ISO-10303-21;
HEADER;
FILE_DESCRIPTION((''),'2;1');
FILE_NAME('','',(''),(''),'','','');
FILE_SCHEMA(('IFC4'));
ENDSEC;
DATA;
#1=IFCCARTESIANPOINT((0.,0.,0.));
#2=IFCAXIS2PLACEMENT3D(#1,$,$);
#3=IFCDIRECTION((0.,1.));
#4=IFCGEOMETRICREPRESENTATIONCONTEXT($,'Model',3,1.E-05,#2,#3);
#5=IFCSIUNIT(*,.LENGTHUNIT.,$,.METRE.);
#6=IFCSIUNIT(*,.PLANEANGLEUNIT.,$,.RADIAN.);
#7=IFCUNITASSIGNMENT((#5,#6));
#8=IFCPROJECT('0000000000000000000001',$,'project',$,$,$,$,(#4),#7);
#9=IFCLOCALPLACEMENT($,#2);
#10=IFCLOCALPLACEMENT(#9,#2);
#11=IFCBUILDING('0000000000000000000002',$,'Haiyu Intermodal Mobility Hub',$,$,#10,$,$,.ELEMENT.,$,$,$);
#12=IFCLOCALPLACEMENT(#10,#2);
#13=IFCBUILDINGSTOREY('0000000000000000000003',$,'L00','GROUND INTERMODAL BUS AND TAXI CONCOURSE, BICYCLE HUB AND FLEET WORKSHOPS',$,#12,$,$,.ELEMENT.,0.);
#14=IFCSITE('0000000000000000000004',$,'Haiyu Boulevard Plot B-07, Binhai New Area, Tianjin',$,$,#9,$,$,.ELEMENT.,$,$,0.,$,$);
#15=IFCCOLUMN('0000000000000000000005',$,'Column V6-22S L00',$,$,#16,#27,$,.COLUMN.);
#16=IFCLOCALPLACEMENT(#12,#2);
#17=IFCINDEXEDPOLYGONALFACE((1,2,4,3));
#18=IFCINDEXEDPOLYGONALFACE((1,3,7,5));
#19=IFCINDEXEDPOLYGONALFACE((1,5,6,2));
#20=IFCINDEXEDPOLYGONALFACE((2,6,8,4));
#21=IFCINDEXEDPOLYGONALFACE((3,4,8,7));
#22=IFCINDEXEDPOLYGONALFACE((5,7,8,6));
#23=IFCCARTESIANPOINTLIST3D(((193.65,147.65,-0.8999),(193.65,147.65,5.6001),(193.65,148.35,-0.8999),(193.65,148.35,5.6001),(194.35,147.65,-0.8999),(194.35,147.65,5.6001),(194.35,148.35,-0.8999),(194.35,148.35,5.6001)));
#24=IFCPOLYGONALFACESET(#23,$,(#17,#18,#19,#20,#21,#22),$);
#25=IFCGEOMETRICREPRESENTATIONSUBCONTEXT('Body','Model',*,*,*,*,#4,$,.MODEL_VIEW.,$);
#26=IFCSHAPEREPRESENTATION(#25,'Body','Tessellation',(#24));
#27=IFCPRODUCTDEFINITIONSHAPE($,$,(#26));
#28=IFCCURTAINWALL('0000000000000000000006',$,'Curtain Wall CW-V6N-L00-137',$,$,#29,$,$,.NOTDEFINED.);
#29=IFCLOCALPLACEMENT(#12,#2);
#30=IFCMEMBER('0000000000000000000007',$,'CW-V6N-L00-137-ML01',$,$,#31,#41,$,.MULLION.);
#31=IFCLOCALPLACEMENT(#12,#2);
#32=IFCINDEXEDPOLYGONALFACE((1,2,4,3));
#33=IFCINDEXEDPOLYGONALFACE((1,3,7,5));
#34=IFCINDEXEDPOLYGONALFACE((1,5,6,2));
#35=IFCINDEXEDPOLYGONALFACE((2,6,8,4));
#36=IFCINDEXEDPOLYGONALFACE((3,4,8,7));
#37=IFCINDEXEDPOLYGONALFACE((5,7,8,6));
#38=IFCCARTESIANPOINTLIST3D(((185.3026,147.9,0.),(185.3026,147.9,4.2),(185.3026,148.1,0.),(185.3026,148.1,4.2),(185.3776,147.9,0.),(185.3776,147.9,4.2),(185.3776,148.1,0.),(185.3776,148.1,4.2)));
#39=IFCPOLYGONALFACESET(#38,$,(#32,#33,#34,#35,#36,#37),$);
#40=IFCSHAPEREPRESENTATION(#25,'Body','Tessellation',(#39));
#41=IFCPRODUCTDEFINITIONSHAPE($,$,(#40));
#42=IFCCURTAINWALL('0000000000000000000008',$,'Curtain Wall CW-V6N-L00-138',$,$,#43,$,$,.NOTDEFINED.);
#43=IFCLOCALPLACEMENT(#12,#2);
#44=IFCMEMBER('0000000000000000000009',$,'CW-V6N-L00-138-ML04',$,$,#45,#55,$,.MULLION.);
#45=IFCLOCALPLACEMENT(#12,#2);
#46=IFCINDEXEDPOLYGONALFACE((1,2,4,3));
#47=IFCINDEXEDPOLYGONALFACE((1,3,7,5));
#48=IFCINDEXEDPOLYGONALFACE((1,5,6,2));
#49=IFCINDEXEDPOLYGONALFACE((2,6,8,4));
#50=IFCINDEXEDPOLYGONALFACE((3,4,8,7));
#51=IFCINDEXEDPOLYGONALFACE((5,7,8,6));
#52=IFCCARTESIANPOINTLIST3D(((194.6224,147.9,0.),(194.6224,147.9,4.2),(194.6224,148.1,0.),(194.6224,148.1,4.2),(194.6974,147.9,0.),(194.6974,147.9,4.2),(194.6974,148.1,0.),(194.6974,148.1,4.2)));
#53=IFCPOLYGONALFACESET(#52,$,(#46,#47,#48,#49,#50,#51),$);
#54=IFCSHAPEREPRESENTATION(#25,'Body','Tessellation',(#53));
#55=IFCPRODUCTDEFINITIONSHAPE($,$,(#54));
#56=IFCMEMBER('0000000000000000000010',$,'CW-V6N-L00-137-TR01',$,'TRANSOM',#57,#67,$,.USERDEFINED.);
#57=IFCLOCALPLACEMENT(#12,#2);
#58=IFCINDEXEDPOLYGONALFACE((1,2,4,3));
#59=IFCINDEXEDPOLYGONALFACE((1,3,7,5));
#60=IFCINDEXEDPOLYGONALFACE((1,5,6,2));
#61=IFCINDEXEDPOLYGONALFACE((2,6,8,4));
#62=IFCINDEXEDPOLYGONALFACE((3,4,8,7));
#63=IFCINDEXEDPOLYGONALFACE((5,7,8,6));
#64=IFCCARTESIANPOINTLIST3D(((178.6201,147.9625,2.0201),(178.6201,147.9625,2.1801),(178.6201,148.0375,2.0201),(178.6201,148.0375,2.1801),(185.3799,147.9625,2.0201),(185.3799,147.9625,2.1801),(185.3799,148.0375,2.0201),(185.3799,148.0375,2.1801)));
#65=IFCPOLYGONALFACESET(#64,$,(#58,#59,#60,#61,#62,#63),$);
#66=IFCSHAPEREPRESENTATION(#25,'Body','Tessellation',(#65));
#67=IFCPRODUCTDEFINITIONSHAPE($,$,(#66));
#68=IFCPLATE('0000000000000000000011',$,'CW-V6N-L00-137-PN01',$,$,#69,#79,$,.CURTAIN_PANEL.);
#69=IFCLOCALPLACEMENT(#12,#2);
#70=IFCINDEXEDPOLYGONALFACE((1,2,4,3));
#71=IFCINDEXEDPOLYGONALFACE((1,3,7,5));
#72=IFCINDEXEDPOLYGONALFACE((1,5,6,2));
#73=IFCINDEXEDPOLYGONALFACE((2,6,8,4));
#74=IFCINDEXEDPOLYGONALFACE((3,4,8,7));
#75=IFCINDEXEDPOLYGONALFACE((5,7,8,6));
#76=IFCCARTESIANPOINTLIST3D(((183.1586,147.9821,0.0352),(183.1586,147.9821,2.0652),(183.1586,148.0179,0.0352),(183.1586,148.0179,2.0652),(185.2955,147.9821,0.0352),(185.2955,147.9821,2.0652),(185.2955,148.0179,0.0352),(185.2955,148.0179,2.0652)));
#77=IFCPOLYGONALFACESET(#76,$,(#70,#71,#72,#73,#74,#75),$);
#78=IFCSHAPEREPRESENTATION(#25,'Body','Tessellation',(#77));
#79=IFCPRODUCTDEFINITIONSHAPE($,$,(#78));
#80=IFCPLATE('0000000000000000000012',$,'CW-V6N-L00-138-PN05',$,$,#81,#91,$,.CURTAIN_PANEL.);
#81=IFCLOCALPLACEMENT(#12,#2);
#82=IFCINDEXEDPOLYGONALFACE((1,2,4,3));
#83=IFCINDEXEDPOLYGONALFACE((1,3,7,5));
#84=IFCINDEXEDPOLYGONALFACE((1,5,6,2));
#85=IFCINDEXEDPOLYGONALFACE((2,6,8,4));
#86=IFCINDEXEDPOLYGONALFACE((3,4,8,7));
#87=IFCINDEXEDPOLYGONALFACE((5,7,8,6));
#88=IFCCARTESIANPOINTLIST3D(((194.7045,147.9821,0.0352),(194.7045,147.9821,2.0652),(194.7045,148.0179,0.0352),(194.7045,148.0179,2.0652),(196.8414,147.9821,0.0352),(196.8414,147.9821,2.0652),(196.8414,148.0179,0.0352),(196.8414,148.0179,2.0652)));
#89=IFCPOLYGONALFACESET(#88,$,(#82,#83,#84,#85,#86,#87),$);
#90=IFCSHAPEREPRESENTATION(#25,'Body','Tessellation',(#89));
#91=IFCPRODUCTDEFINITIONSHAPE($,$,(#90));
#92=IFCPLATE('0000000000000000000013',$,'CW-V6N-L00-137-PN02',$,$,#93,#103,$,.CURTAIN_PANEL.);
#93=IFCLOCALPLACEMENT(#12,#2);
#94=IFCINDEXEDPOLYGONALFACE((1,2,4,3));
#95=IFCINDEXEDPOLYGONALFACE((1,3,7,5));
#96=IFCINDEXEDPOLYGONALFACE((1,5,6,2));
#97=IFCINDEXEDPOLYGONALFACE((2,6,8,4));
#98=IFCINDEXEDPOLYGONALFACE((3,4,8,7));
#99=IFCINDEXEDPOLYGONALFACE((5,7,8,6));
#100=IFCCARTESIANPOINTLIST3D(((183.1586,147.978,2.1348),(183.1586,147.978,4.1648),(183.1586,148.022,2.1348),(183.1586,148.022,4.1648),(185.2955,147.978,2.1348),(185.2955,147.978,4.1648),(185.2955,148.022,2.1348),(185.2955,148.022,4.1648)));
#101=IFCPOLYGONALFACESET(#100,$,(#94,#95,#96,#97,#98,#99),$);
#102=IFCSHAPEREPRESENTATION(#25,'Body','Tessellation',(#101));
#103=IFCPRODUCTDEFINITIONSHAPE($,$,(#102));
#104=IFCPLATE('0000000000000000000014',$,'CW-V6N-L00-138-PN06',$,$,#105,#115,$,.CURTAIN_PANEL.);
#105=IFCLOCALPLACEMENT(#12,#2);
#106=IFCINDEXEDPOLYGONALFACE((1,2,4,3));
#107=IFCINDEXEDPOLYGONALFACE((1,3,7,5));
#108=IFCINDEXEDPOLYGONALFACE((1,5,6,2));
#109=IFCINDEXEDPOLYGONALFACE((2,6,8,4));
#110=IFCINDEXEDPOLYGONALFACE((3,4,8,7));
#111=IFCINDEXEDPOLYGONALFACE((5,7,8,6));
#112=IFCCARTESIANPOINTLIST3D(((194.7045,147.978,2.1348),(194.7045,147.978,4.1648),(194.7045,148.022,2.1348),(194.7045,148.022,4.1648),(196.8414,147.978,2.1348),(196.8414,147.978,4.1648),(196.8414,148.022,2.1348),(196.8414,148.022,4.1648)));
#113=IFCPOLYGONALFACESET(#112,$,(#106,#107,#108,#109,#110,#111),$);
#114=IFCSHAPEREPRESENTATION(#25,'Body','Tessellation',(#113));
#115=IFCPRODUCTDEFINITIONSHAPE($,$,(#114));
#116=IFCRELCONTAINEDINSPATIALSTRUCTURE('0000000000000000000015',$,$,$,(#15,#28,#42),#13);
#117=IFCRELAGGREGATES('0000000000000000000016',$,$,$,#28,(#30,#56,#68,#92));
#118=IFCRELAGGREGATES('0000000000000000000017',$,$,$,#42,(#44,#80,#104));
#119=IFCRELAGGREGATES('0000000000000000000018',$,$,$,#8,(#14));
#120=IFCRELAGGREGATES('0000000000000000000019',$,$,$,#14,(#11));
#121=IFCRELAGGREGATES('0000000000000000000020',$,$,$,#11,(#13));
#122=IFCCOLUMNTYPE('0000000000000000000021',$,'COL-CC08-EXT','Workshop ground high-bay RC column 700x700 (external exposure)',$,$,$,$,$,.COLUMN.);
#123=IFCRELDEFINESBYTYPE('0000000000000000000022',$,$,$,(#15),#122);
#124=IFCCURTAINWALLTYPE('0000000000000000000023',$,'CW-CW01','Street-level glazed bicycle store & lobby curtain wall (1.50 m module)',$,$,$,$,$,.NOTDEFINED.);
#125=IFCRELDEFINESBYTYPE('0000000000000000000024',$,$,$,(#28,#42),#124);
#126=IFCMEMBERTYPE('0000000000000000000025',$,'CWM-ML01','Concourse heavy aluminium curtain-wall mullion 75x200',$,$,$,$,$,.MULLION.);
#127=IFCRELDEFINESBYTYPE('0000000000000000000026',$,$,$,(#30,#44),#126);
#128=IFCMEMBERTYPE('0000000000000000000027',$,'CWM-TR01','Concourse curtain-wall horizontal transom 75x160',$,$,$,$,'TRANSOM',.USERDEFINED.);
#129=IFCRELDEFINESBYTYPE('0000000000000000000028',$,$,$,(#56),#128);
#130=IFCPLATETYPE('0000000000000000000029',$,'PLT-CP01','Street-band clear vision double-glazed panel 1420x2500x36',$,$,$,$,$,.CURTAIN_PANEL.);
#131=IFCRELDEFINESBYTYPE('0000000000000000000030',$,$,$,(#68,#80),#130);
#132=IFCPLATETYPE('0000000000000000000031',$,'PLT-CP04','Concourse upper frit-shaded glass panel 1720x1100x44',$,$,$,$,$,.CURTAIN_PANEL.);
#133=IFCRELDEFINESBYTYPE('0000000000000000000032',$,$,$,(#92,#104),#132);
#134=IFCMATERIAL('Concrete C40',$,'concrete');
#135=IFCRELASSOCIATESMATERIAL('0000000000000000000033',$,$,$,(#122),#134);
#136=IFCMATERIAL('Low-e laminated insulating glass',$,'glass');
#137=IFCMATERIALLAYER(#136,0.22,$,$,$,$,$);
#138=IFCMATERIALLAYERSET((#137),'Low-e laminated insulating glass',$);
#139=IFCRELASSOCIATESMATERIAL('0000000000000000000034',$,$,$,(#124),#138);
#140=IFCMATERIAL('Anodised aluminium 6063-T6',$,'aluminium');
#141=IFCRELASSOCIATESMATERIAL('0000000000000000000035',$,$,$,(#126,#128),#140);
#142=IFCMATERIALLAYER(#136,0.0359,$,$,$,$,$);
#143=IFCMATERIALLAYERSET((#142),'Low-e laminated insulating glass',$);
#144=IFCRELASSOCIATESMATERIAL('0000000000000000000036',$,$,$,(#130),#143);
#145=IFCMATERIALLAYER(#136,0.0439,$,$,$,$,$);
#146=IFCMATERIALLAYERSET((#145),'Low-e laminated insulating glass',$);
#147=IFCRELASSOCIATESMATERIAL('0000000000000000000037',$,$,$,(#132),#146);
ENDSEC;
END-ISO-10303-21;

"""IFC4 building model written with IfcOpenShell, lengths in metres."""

from ifc_helpers import new_model, si_unit, direction, frame, origin, origin_2d, place, context, subcontext, project, spatial, rectangle, extrude, material, layer, layer_set, material_profile, profile_set, type_object, element, aggregate, save


model = new_model("IFC4")

# Units and contexts
model_context = context("Model", 3, precision=1e-05, world=origin(), true_north=direction((0.0, 1.0)))
body_context = subcontext(model_context, "Body", "Model", "MODEL_VIEW")
ifc_project = project(units=[si_unit("LENGTHUNIT", "METRE"), si_unit("PLANEANGLEUNIT", "RADIAN")], contexts=[model_context])

# Site, building, storey
site_placement = place(None, origin())
site = spatial("IfcSite", under=ifc_project, at=site_placement, Name="Haiyu Boulevard Plot B-07, Binhai New Area, Tianjin", CompositionType="ELEMENT", RefElevation=0.0)
building_placement = place(site_placement, origin())
building = spatial("IfcBuilding", under=site, at=building_placement, Name="Haiyu Intermodal Mobility Hub", CompositionType="ELEMENT")
storey_placement = place(building_placement, origin())
storey = spatial("IfcBuildingStorey", under=building, at=storey_placement, Name="L00", Description="GROUND INTERMODAL BUS AND TAXI CONCOURSE, BICYCLE HUB AND FLEET WORKSHOPS", CompositionType="ELEMENT", Elevation=0.0)

# Shared definitions
ifc_material_1 = material(Name="Concrete C40", Category="concrete")

# Column
ifc_material_profile_1 = material_profile(ifc_material_1, rectangle(XDim=0.7, YDim=0.7, at=origin_2d()), Name="RC700x700")
ifc_profile_set_1 = profile_set([ifc_material_profile_1], Name="Concrete C40")
column_type_1 = type_object("IfcColumnType", Name="COL-CC08-EXT", Description="Workshop ground high-bay RC column 700x700 (external exposure)", PredefinedType="COLUMN", material=ifc_profile_set_1)
for number, where, z_axis, x_axis, name in (
    (1, (194.0, 148.0, -0.8999), (0.0, 0.0, 1.0), (1.0, 0.0, 0.0), "Column V6-22S L00"),
):
    element("IfcColumn", number, at=place(storey_placement, frame(where, z_axis=z_axis, x_axis=x_axis)), inside=storey, type_object=column_type_1, Name=name, PredefinedType="COLUMN", context=body_context, shape_type="SweptSolid", body=[
        extrude(rectangle(XDim=0.7, YDim=0.7, at=origin_2d()), origin(), (0.0, 0.0, 1.0), 6.5),
    ])

# Curtain walls, members
ifc_material_2 = material(Name="Low-e laminated insulating glass", Category="glass")
ifc_layer_1 = layer(ifc_material_2, 0.22)
ifc_layer_set_1 = layer_set([ifc_layer_1], Name="Low-e laminated insulating glass")
curtain_wall_type = type_object("IfcCurtainWallType", Name="CW-CW01", Description="Street-level glazed bicycle store & lobby curtain wall (1.50 m module)", PredefinedType="NOTDEFINED", material=ifc_layer_set_1)
curtain_wall_1_placement = place(storey_placement, origin())
curtain_wall_1 = element("IfcCurtainWall", 2, at=curtain_wall_1_placement, inside=storey, type_object=curtain_wall_type, Name="Curtain Wall CW-V6N-L00-137", PredefinedType="NOTDEFINED")
ifc_material_3 = material(Name="Anodised aluminium 6063-T6", Category="aluminium")
ifc_material_profile_2 = material_profile(ifc_material_3, rectangle(XDim=0.075, YDim=0.2, at=origin_2d()), Name="ALU75x200")
ifc_profile_set_2 = profile_set([ifc_material_profile_2], Name="Anodised aluminium 6063-T6")
member_type_1 = type_object("IfcMemberType", Name="CWM-ML01", Description="Concourse heavy aluminium curtain-wall mullion 75x200", PredefinedType="MULLION", material=ifc_profile_set_2)
member_1_placement = place(storey_placement, frame((185.3401, 148.0, 0.0), z_axis=(0.0, 0.0, 1.0), x_axis=(1.0, 0.0, 0.0)))
member_1 = element("IfcMember", 3, at=member_1_placement, type_object=member_type_1, Name="CW-V6N-L00-137-ML01", PredefinedType="MULLION", context=body_context, shape_type="SweptSolid", body=[
    extrude(rectangle(XDim=0.075, YDim=0.2, at=origin_2d()), origin(), (0.0, 0.0, 1.0), 4.2),
])
curtain_wall_2_placement = place(storey_placement, origin())
curtain_wall_2 = element("IfcCurtainWall", 4, at=curtain_wall_2_placement, inside=storey, type_object=curtain_wall_type, Name="Curtain Wall CW-V6N-L00-138", PredefinedType="NOTDEFINED")
member_2_placement = place(storey_placement, frame((194.6599, 148.0, 0.0), z_axis=(0.0, 0.0, 1.0), x_axis=(1.0, 0.0, 0.0)))
member_2 = element("IfcMember", 5, at=member_2_placement, type_object=member_type_1, Name="CW-V6N-L00-138-ML04", PredefinedType="MULLION", context=body_context, shape_type="SweptSolid", body=[
    extrude(rectangle(XDim=0.075, YDim=0.2, at=origin_2d()), origin(), (0.0, 0.0, 1.0), 4.2),
])

# Member
ifc_material_profile_3 = material_profile(ifc_material_3, rectangle(XDim=0.075, YDim=0.1599, at=origin_2d()), Name="ALU75x160")
ifc_profile_set_3 = profile_set([ifc_material_profile_3], Name="Anodised aluminium 6063-T6")
member_type_2 = type_object("IfcMemberType", Name="CWM-TR01", Description="Concourse curtain-wall horizontal transom 75x160", ElementType="TRANSOM", PredefinedType="USERDEFINED", material=ifc_profile_set_3)
member_3_placement = place(storey_placement, frame((185.3799, 148.0, 2.1001), z_axis=(-1.0, 0.0, 0.0), x_axis=(0.0, -1.0, 0.0)))
member_3 = element("IfcMember", 6, at=member_3_placement, type_object=member_type_2, Name="CW-V6N-L00-137-TR01", ObjectType="TRANSOM", PredefinedType="USERDEFINED", context=body_context, shape_type="SweptSolid", body=[
    extrude(rectangle(XDim=0.075, YDim=0.1599, at=origin_2d()), origin(), (0.0, 0.0, 1.0), 6.7598),
])

# Plates
ifc_layer_2 = layer(ifc_material_2, 0.0359)
ifc_layer_set_2 = layer_set([ifc_layer_2], Name="Low-e laminated insulating glass")
plate_type_1 = type_object("IfcPlateType", Name="PLT-CP01", Description="Street-band clear vision double-glazed panel 1420x2500x36", PredefinedType="CURTAIN_PANEL", material=ifc_layer_set_2)
plate_1_placement = place(storey_placement, frame((184.2271, 148.0, 0.0352), z_axis=(0.0, 0.0, 1.0), x_axis=(-1.0, 0.0, 0.0)))
plate_1 = element("IfcPlate", 7, at=plate_1_placement, type_object=plate_type_1, Name="CW-V6N-L00-137-PN01", PredefinedType="CURTAIN_PANEL", context=body_context, shape_type="SweptSolid", body=[
    extrude(rectangle(XDim=2.137, YDim=0.0359, at=origin_2d()), origin(), (0.0, 0.0, 1.0), 2.03),
])
plate_2_placement = place(storey_placement, frame((195.7729, 148.0, 0.0352), z_axis=(0.0, 0.0, 1.0), x_axis=(-1.0, 0.0, 0.0)))
plate_2 = element("IfcPlate", 8, at=plate_2_placement, type_object=plate_type_1, Name="CW-V6N-L00-138-PN05", PredefinedType="CURTAIN_PANEL", context=body_context, shape_type="SweptSolid", body=[
    extrude(rectangle(XDim=2.137, YDim=0.0359, at=origin_2d()), origin(), (0.0, 0.0, 1.0), 2.03),
])
ifc_layer_3 = layer(ifc_material_2, 0.0439)
ifc_layer_set_3 = layer_set([ifc_layer_3], Name="Low-e laminated insulating glass")
plate_type_2 = type_object("IfcPlateType", Name="PLT-CP04", Description="Concourse upper frit-shaded glass panel 1720x1100x44", PredefinedType="CURTAIN_PANEL", material=ifc_layer_set_3)
plate_3_placement = place(storey_placement, frame((184.2271, 148.0, 2.1348), z_axis=(0.0, 0.0, 1.0), x_axis=(-1.0, 0.0, 0.0)))
plate_3 = element("IfcPlate", 9, at=plate_3_placement, type_object=plate_type_2, Name="CW-V6N-L00-137-PN02", PredefinedType="CURTAIN_PANEL", context=body_context, shape_type="SweptSolid", body=[
    extrude(rectangle(XDim=2.137, YDim=0.0439, at=origin_2d()), origin(), (0.0, 0.0, 1.0), 2.03),
])
aggregate(curtain_wall_1, [member_1, member_3, plate_1, plate_3])
plate_4_placement = place(storey_placement, frame((195.7729, 148.0, 2.1348), z_axis=(0.0, 0.0, 1.0), x_axis=(-1.0, 0.0, 0.0)))
plate_4 = element("IfcPlate", 10, at=plate_4_placement, type_object=plate_type_2, Name="CW-V6N-L00-138-PN06", PredefinedType="CURTAIN_PANEL", context=body_context, shape_type="SweptSolid", body=[
    extrude(rectangle(XDim=2.137, YDim=0.0439, at=origin_2d()), origin(), (0.0, 0.0, 1.0), 2.03),
])
aggregate(curtain_wall_2, [member_2, plate_2, plate_4])

save(model, "model.ifc")
